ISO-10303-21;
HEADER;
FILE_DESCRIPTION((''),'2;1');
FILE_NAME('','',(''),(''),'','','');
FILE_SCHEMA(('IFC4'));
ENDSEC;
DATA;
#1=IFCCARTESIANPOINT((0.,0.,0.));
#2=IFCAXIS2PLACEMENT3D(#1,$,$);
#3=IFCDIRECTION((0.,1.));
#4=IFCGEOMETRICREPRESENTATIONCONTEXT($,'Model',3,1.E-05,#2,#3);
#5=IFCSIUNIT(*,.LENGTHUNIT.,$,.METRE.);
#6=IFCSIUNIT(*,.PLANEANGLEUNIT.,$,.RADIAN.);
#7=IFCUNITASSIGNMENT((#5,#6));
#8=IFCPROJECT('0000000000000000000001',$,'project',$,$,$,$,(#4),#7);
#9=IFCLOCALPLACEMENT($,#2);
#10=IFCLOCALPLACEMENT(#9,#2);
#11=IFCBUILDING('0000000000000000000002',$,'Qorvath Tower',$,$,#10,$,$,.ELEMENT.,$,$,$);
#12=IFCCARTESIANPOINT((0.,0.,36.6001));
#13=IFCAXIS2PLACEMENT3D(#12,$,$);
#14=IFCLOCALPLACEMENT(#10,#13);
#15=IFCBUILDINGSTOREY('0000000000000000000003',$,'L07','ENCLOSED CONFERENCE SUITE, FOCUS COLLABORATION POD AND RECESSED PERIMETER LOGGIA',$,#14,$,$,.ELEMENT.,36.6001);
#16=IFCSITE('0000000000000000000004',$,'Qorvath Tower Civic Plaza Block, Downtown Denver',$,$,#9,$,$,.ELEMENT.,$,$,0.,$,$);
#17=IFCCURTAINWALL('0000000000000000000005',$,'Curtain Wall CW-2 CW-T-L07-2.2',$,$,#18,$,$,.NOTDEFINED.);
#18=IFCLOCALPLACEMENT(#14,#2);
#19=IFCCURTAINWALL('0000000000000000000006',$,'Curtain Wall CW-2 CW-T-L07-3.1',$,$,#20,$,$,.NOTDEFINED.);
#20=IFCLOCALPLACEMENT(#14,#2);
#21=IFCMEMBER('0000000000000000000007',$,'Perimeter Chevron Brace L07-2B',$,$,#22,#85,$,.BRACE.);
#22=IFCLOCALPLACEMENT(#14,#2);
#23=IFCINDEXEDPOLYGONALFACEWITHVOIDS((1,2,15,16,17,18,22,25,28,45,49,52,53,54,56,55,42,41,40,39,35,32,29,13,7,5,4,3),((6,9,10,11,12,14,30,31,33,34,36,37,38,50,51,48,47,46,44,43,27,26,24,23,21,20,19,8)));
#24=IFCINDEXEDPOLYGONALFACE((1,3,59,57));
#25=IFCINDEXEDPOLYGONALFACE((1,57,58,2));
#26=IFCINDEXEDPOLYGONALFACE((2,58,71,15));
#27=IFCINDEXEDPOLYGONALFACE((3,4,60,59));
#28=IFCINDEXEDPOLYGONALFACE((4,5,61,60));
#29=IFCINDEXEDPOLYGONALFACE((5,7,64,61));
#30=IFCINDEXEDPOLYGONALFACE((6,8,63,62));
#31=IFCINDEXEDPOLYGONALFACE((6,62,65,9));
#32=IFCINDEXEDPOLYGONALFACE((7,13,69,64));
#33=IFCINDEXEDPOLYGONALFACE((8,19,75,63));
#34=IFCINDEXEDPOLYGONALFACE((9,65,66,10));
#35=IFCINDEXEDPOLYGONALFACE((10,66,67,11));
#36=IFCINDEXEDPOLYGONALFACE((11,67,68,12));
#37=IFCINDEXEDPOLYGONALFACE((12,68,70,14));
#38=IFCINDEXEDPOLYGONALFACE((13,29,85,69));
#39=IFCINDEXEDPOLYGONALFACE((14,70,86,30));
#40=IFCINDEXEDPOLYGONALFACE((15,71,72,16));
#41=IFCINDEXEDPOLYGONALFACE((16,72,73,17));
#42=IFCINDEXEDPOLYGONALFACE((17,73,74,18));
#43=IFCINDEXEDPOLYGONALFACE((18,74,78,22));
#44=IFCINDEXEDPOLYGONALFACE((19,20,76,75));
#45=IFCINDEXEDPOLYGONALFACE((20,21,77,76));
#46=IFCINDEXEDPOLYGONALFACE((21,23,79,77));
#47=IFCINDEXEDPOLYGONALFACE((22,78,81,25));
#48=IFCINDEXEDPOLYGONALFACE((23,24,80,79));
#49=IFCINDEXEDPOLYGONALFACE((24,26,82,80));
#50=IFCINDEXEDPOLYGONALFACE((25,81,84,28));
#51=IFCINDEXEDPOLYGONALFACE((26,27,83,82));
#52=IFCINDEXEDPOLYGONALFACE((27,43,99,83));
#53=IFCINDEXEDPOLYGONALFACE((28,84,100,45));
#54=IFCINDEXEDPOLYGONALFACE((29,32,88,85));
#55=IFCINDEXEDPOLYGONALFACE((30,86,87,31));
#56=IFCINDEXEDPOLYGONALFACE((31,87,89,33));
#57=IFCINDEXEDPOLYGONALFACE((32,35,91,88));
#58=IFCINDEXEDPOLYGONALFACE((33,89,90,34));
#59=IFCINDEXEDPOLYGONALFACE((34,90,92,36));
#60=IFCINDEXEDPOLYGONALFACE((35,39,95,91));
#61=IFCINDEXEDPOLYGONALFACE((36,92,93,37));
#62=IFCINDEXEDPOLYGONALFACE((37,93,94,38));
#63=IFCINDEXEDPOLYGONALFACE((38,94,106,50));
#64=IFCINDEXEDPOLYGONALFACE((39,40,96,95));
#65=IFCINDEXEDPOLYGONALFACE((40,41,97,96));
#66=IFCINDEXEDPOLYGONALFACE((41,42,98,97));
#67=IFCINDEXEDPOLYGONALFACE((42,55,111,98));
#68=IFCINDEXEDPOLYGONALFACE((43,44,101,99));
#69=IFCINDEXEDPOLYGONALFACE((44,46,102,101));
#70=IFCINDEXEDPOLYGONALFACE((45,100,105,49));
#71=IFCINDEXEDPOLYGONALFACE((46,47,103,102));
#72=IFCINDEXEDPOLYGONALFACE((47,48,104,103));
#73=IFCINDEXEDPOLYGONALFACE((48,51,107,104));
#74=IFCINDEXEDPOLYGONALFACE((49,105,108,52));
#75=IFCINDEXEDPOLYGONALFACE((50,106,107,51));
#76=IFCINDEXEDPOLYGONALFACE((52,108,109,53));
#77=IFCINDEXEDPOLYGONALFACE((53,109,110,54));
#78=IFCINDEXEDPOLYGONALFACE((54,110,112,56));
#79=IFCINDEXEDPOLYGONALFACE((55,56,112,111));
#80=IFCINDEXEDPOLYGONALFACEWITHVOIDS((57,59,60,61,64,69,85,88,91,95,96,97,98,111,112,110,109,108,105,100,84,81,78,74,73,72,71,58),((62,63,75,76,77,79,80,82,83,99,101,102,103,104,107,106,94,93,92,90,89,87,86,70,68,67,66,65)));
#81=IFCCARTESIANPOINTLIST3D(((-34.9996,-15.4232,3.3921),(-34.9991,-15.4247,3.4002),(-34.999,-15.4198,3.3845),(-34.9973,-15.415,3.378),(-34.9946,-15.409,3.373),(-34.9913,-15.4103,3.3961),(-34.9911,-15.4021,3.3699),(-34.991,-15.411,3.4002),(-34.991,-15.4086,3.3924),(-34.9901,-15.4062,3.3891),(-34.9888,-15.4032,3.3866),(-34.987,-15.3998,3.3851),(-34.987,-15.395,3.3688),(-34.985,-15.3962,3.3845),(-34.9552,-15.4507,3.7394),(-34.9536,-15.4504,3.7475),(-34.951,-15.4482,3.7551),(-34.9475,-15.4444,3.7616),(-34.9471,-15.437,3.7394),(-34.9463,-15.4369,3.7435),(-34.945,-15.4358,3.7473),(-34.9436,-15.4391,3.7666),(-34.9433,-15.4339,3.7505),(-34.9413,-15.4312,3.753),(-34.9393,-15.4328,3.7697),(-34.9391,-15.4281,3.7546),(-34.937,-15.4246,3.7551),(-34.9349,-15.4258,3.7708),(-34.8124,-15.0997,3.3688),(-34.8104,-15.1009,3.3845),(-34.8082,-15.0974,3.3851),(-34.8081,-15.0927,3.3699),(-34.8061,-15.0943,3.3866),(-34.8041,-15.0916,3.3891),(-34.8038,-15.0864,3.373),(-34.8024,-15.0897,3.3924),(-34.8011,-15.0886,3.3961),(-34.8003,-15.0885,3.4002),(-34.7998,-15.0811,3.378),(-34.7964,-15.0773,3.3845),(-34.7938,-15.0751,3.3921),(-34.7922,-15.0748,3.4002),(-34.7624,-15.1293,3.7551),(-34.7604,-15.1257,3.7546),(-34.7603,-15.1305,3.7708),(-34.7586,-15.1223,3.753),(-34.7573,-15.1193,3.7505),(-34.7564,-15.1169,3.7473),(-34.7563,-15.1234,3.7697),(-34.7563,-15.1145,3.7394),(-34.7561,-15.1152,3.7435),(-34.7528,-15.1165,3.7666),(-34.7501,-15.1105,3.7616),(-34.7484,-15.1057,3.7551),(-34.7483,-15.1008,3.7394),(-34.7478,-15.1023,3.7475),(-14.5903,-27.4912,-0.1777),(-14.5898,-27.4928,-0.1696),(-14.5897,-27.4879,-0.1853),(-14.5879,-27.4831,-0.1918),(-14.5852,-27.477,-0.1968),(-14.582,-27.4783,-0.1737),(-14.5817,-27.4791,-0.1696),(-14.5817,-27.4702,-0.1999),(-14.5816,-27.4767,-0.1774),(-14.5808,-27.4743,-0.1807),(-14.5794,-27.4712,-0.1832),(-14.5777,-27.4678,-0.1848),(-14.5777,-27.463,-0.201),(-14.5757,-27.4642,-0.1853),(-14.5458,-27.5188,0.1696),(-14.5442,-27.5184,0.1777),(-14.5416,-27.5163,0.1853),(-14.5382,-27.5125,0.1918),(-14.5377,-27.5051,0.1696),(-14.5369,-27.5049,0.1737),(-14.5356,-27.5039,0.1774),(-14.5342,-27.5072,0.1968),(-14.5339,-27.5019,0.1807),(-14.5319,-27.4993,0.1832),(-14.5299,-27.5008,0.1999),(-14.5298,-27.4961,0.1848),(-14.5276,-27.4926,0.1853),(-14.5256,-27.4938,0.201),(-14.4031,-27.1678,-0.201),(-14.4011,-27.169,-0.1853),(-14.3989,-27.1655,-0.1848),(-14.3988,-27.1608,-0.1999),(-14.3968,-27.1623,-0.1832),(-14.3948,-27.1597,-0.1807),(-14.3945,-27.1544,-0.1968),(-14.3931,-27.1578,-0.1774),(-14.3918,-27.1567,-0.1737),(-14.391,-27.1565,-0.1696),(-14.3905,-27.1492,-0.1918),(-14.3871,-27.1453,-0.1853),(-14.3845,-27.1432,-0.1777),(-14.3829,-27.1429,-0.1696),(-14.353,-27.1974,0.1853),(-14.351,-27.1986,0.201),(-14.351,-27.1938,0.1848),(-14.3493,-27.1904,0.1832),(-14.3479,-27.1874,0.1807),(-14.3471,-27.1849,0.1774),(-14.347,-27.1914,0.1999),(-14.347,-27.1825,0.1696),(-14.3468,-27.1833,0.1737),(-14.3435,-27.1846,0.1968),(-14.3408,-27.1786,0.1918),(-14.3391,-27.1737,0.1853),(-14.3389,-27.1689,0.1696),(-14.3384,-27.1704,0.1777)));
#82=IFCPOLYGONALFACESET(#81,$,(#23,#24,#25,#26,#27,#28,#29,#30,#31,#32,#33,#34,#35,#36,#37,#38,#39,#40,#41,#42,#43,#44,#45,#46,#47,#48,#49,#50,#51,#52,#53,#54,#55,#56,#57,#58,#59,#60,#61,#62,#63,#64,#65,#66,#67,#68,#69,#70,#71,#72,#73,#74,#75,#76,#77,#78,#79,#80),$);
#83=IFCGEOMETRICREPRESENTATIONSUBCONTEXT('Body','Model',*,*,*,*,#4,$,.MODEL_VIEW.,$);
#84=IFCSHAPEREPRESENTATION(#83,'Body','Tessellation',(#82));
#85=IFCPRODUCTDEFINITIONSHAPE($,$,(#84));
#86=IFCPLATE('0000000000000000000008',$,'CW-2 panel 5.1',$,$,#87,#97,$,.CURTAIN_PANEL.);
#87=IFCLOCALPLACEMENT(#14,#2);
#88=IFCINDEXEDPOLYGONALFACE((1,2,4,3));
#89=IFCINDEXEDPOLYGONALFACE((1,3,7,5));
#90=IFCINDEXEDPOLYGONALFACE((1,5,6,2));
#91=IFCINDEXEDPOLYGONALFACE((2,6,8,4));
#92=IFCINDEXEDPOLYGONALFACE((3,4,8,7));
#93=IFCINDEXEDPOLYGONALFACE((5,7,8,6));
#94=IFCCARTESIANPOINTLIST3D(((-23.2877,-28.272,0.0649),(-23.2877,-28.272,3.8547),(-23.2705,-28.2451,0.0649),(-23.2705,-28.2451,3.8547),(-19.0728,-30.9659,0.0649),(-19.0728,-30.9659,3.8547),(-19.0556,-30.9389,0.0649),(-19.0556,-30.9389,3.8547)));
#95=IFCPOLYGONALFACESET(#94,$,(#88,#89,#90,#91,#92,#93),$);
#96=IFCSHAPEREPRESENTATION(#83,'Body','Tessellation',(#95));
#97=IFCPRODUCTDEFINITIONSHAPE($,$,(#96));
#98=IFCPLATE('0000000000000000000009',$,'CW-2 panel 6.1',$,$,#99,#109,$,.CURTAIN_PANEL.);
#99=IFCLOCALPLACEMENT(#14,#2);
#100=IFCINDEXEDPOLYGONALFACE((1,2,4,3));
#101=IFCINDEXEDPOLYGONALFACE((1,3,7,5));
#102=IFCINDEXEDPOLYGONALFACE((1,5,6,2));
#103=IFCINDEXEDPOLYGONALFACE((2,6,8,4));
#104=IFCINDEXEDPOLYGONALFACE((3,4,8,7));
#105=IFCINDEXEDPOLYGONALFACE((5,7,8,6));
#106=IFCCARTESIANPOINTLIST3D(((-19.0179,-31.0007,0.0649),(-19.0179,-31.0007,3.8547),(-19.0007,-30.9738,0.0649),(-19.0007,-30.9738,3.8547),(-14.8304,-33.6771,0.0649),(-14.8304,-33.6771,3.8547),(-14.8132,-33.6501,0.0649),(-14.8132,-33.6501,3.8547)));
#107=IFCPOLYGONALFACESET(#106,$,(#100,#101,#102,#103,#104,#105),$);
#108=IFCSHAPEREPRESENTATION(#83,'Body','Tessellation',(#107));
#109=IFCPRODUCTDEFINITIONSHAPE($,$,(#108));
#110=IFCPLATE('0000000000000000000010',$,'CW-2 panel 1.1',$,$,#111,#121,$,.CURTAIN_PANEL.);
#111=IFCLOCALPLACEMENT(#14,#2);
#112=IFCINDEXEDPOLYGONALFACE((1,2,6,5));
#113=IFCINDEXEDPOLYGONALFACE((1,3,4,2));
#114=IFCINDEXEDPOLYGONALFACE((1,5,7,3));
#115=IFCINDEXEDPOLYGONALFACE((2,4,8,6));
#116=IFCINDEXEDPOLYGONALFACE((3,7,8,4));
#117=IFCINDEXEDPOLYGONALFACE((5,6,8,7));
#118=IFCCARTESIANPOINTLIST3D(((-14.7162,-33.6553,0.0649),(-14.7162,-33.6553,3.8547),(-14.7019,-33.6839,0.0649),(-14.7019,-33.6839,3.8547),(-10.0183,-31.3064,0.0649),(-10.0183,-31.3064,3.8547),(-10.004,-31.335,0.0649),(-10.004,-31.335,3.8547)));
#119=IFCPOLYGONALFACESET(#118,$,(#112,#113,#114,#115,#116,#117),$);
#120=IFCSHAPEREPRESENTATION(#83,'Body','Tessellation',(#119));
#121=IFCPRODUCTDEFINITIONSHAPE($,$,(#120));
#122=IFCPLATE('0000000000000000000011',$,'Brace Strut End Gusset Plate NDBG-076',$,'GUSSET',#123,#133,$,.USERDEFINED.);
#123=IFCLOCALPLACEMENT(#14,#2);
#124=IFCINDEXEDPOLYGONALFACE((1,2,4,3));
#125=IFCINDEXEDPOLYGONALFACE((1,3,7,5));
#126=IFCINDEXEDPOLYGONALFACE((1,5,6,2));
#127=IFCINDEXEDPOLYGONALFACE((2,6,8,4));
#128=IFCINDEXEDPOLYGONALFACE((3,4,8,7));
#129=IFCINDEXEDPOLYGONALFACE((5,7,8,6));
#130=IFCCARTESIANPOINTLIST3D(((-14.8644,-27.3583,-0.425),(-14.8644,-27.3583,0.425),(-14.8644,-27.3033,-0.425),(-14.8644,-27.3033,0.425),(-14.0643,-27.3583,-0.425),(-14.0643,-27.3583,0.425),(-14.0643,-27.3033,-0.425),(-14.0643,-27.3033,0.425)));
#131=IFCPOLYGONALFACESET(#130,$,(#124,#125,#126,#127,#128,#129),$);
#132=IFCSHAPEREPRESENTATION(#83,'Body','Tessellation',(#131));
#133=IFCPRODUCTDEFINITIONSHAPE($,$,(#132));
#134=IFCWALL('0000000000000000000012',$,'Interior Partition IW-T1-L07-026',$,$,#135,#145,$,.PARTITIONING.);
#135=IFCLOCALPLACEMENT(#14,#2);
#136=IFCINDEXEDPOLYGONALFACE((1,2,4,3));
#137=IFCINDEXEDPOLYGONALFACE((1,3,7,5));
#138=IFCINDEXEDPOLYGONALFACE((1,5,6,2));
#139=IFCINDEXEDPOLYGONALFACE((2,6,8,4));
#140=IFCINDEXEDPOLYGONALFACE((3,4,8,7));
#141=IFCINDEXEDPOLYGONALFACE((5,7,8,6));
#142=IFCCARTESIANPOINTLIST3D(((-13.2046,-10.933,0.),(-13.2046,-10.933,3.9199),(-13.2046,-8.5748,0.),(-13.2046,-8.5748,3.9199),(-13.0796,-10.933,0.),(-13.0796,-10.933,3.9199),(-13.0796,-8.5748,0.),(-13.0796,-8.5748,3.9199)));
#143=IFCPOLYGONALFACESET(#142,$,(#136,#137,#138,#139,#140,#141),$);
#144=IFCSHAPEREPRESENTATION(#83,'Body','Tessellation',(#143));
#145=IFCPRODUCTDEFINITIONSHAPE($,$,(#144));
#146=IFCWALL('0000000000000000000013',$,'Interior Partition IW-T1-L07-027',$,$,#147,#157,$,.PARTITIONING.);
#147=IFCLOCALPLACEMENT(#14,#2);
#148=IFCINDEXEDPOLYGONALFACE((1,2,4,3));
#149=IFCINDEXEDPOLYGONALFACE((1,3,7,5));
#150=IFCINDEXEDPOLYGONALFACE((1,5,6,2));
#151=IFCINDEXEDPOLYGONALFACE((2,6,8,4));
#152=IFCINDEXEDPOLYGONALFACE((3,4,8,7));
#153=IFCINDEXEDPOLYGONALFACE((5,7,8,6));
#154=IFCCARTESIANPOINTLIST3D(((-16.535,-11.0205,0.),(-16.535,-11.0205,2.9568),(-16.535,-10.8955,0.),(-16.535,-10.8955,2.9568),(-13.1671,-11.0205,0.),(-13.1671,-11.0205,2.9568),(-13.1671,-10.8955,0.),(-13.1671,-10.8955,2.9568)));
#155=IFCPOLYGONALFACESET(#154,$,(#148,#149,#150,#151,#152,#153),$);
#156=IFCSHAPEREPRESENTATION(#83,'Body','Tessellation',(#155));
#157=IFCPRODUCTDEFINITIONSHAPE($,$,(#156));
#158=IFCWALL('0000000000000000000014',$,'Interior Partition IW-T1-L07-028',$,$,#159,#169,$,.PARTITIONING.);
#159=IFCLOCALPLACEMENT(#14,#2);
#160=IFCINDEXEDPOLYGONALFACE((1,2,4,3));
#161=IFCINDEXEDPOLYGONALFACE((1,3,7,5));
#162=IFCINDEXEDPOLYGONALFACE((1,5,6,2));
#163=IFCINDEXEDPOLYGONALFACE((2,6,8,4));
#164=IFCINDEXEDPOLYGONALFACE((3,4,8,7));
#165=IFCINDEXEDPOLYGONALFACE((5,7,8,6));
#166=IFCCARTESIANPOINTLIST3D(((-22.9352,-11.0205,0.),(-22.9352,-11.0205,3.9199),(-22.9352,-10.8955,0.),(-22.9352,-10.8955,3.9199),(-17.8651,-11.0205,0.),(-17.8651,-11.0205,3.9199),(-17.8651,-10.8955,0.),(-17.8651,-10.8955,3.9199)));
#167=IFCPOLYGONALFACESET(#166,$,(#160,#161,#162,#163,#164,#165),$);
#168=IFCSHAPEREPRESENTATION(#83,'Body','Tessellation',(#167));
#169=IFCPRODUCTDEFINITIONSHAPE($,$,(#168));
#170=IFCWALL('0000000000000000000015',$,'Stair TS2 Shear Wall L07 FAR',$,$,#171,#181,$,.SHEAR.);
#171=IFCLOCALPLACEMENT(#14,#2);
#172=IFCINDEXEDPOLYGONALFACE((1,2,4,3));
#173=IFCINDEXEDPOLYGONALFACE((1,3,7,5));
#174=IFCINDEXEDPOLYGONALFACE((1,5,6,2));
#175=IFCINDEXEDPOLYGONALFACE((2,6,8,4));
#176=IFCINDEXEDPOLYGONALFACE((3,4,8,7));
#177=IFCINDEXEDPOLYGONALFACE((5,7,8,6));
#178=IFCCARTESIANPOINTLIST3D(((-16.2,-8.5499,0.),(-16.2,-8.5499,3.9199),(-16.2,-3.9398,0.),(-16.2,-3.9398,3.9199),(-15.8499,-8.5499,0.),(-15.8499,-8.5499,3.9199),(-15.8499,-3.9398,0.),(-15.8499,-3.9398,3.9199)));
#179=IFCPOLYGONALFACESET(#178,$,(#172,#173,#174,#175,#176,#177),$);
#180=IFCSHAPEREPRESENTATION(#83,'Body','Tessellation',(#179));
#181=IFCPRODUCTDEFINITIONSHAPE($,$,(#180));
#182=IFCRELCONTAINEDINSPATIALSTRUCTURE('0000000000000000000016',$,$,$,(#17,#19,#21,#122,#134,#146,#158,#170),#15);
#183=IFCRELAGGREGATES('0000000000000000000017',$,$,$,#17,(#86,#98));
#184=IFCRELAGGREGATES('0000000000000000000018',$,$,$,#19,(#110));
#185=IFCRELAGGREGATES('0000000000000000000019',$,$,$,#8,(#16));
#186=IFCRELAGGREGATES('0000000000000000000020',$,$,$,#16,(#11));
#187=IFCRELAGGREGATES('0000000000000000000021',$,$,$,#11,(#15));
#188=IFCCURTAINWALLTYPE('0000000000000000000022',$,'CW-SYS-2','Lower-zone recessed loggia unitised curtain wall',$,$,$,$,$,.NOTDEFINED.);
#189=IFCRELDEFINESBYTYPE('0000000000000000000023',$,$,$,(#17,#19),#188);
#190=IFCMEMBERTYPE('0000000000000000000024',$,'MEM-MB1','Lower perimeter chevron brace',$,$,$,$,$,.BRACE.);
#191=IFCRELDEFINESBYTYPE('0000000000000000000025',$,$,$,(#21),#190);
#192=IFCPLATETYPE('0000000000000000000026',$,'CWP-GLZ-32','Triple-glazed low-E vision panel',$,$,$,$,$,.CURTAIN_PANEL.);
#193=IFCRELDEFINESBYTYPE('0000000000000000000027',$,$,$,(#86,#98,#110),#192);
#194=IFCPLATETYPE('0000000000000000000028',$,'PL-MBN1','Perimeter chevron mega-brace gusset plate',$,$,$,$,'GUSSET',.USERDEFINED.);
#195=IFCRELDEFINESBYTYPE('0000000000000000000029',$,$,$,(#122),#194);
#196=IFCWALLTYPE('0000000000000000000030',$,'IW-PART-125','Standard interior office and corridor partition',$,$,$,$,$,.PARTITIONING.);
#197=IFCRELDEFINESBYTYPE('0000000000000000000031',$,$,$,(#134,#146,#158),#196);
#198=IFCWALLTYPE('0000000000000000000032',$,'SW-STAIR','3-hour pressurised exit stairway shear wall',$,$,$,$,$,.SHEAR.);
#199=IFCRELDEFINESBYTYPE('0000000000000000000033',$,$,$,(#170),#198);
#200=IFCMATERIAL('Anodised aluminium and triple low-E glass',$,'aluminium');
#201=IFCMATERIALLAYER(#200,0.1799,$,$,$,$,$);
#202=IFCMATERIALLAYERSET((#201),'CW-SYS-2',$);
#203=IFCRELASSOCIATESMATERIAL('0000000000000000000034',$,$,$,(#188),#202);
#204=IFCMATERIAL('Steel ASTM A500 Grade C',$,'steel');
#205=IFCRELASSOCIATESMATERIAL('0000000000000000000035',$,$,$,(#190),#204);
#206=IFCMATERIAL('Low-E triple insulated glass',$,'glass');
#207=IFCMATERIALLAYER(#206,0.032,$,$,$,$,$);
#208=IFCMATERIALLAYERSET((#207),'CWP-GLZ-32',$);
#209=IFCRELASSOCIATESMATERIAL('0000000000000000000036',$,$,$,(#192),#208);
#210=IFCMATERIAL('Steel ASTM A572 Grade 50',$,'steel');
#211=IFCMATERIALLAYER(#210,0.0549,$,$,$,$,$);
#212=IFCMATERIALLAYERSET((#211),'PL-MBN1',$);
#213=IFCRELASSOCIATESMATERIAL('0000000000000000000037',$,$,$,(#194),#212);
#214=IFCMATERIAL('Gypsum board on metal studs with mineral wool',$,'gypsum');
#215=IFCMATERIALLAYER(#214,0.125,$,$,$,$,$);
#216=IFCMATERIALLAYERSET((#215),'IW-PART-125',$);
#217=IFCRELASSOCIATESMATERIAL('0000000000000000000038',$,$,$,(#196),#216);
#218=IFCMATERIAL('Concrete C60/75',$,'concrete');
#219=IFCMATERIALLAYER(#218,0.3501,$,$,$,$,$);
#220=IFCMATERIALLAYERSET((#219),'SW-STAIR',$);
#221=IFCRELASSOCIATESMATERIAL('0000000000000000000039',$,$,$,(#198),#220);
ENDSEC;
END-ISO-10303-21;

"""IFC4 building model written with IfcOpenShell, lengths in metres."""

from ifc_helpers import new_model, si_unit, direction, frame, frame_2d, origin, origin_2d, place, context, subcontext, project, spatial, rectangle, hollow_rectangle, extrude, material, layer, layer_set, material_profile, profile_set, type_object, element, aggregate, save


model = new_model("IFC4")

# Units and contexts
model_context = context("Model", 3, precision=1e-05, world=origin(), true_north=direction((0.0, 1.0)))
body_context = subcontext(model_context, "Body", "Model", "MODEL_VIEW")
ifc_project = project(units=[si_unit("LENGTHUNIT", "METRE"), si_unit("PLANEANGLEUNIT", "RADIAN")], contexts=[model_context])

# Site, building, storey
site_placement = place(None, origin())
site = spatial("IfcSite", under=ifc_project, at=site_placement, Name="Qorvath Tower Civic Plaza Block, Downtown Denver", CompositionType="ELEMENT", RefElevation=0.0)
building_placement = place(site_placement, origin())
building = spatial("IfcBuilding", under=site, at=building_placement, Name="Qorvath Tower", CompositionType="ELEMENT")
storey_placement = place(building_placement, frame((0.0, 0.0, 36.6001)))
storey = spatial("IfcBuildingStorey", under=building, at=storey_placement, Name="L07", Description="ENCLOSED CONFERENCE SUITE, FOCUS COLLABORATION POD AND RECESSED PERIMETER LOGGIA", CompositionType="ELEMENT", Elevation=36.6001)

# Curtain walls
ifc_material_1 = material(Name="Anodised aluminium and triple low-E glass", Category="aluminium")
ifc_layer_1 = layer(ifc_material_1, 0.1799)
ifc_layer_set_1 = layer_set([ifc_layer_1], Name="CW-SYS-2")
curtain_wall_type = type_object("IfcCurtainWallType", Name="CW-SYS-2", Description="Lower-zone recessed loggia unitised curtain wall", PredefinedType="NOTDEFINED", material=ifc_layer_set_1)
curtain_wall_1_placement = place(storey_placement, origin())
curtain_wall_1 = element("IfcCurtainWall", 1, at=curtain_wall_1_placement, inside=storey, type_object=curtain_wall_type, Name="Curtain Wall CW-2 CW-T-L07-2.2", PredefinedType="NOTDEFINED")
curtain_wall_2_placement = place(storey_placement, origin())
curtain_wall_2 = element("IfcCurtainWall", 2, at=curtain_wall_2_placement, inside=storey, type_object=curtain_wall_type, Name="Curtain Wall CW-2 CW-T-L07-3.1", PredefinedType="NOTDEFINED")

# Member
ifc_material_2 = material(Name="Steel ASTM A500 Grade C", Category="steel")
ifc_material_profile_1 = material_profile(ifc_material_2, hollow_rectangle(XDim=0.4065, YDim=0.4065, WallThickness=0.0159, InnerFilletRadius=0.0159, OuterFilletRadius=0.0317, at=origin_2d()), Name="HSS 406x406x16")
ifc_profile_set_1 = profile_set([ifc_material_profile_1], Name="Steel ASTM A500 Grade C")
member_type_1 = type_object("IfcMemberType", Name="MEM-MB1", Description="Lower perimeter chevron brace", PredefinedType="BRACE", material=ifc_profile_set_1)
member_1_placement = place(storey_placement, frame((-14.4644, -27.3308, 0.0), z_axis=(-0.851185, 0.503307, 0.148881), x_axis=(-0.508979, -0.860779, 0.0)))
element("IfcMember", 3, at=member_1_placement, inside=storey, type_object=member_type_1, Name="Perimeter Chevron Brace L07-2B", PredefinedType="BRACE", context=body_context, shape_type="SweptSolid", body=[
    extrude(hollow_rectangle(XDim=0.4065, YDim=0.4065, WallThickness=0.0159, InnerFilletRadius=0.0159, OuterFilletRadius=0.0317, at=origin_2d()), origin(), (0.0, 0.0, 1.0), 23.9775),
])

# Plates
ifc_material_3 = material(Name="Low-E triple insulated glass", Category="glass")
ifc_layer_2 = layer(ifc_material_3, 0.032)
ifc_layer_set_2 = layer_set([ifc_layer_2], Name="CWP-GLZ-32")
plate_type_1 = type_object("IfcPlateType", Name="CWP-GLZ-32", Description="Triple-glazed low-E vision panel", PredefinedType="CURTAIN_PANEL", material=ifc_layer_set_2)
plate_1_placement = place(storey_placement, frame((-21.1716, -29.6055, 0.0649), z_axis=(0.0, 0.0, 1.0), x_axis=(0.842605, -0.538533, 0.0)))
plate_1 = element("IfcPlate", 4, at=plate_1_placement, type_object=plate_type_1, Name="CW-2 panel 5.1", PredefinedType="CURTAIN_PANEL", context=body_context, shape_type="SweptSolid", body=[
    extrude(rectangle(XDim=5.0022, YDim=0.032, at=origin_2d()), origin(), (0.0, 0.0, 1.0), 3.7898),
])
plate_2_placement = place(storey_placement, frame((-16.9155, -32.3254, 0.0649), z_axis=(0.0, 0.0, 1.0), x_axis=(0.842605, -0.538533, 0.0)))
plate_2 = element("IfcPlate", 5, at=plate_2_placement, type_object=plate_type_1, Name="CW-2 panel 6.1", PredefinedType="CURTAIN_PANEL", context=body_context, shape_type="SweptSolid", body=[
    extrude(rectangle(XDim=4.9697, YDim=0.032, at=origin_2d()), origin(), (0.0, 0.0, 1.0), 3.7898),
])
aggregate(curtain_wall_1, [plate_1, plate_2])
plate_3_placement = place(storey_placement, frame((-12.3601, -32.4951, 0.0649), z_axis=(0.0, 0.0, 1.0), x_axis=(0.894435, 0.447199, 0.0)))
plate_3 = element("IfcPlate", 6, at=plate_3_placement, type_object=plate_type_1, Name="CW-2 panel 1.1", PredefinedType="CURTAIN_PANEL", context=body_context, shape_type="SweptSolid", body=[
    extrude(rectangle(XDim=5.2524, YDim=0.032, at=origin_2d()), origin(), (0.0, 0.0, 1.0), 3.7898),
])
aggregate(curtain_wall_2, [plate_3])
ifc_material_4 = material(Name="Steel ASTM A572 Grade 50", Category="steel")
ifc_layer_3 = layer(ifc_material_4, 0.0549)
ifc_layer_set_3 = layer_set([ifc_layer_3], Name="PL-MBN1")
plate_type_2 = type_object("IfcPlateType", Name="PL-MBN1", Description="Perimeter chevron mega-brace gusset plate", ElementType="GUSSET", PredefinedType="USERDEFINED", material=ifc_layer_set_3)
plate_4_placement = place(storey_placement, frame((-14.4644, -27.3308, -0.425), z_axis=(0.0, 0.0, 1.0), x_axis=(1.0, 0.0, 0.0)))
element("IfcPlate", 7, at=plate_4_placement, inside=storey, type_object=plate_type_2, Name="Brace Strut End Gusset Plate NDBG-076", ObjectType="GUSSET", PredefinedType="USERDEFINED", context=body_context, shape_type="SweptSolid", body=[
    extrude(rectangle(XDim=0.8, YDim=0.0549, at=origin_2d()), origin(), (0.0, 0.0, 1.0), 0.8501),
])

# Walls
ifc_material_5 = material(Name="Gypsum board on metal studs with mineral wool", Category="gypsum")
ifc_layer_4 = layer(ifc_material_5, 0.125)
ifc_layer_set_4 = layer_set([ifc_layer_4], Name="IW-PART-125")
wall_type_1 = type_object("IfcWallType", Name="IW-PART-125", Description="Standard interior office and corridor partition", PredefinedType="PARTITIONING", material=ifc_layer_set_4)
wall_1_placement = place(storey_placement, frame((-13.1421, -10.9331, 0.0), z_axis=(0.0, 0.0, 1.0), x_axis=(0.0, 1.0, 0.0)))
element("IfcWall", 8, at=wall_1_placement, inside=storey, type_object=wall_type_1, Name="Interior Partition IW-T1-L07-026", PredefinedType="PARTITIONING", context=body_context, shape_type="SweptSolid", body=[
    extrude(rectangle(XDim=2.3582, YDim=0.125, at=frame_2d((1.1792, 0.0))), origin(), (0.0, 0.0, 1.0), 3.9199),
])
wall_2_placement = place(storey_placement, frame((-13.167, -10.958, 0.0), z_axis=(0.0, 0.0, 1.0), x_axis=(-1.0, 0.0, 0.0)))
element("IfcWall", 9, at=wall_2_placement, inside=storey, type_object=wall_type_1, Name="Interior Partition IW-T1-L07-027", PredefinedType="PARTITIONING", context=body_context, shape_type="SweptSolid", body=[
    extrude(rectangle(XDim=3.3679, YDim=0.125, at=frame_2d((1.6841, 0.0))), origin(), (0.0, 0.0, 1.0), 2.9568),
])
wall_3_placement = place(storey_placement, frame((-17.865, -10.958, 0.0), z_axis=(0.0, 0.0, 1.0), x_axis=(-1.0, 0.0, 0.0)))
element("IfcWall", 10, at=wall_3_placement, inside=storey, type_object=wall_type_1, Name="Interior Partition IW-T1-L07-028", PredefinedType="PARTITIONING", context=body_context, shape_type="SweptSolid", body=[
    extrude(rectangle(XDim=5.0701, YDim=0.125, at=frame_2d((2.5352, 0.0))), origin(), (0.0, 0.0, 1.0), 3.9199),
])
ifc_material_6 = material(Name="Concrete C60/75", Category="concrete")
ifc_layer_5 = layer(ifc_material_6, 0.3501)
ifc_layer_set_5 = layer_set([ifc_layer_5], Name="SW-STAIR")
wall_type_2 = type_object("IfcWallType", Name="SW-STAIR", Description="3-hour pressurised exit stairway shear wall", PredefinedType="SHEAR", material=ifc_layer_set_5)
wall_4_placement = place(storey_placement, frame((-16.0249, -8.55, 0.0), z_axis=(0.0, 0.0, 1.0), x_axis=(0.0, 1.0, 0.0)))
element("IfcWall", 11, at=wall_4_placement, inside=storey, type_object=wall_type_2, Name="Stair TS2 Shear Wall L07 FAR", PredefinedType="SHEAR", context=body_context, shape_type="SweptSolid", body=[
    extrude(rectangle(XDim=4.6101, YDim=0.3501, at=frame_2d((2.3052, 0.0))), origin(), (0.0, 0.0, 1.0), 3.9199),
])

save(model, "model.ifc")
